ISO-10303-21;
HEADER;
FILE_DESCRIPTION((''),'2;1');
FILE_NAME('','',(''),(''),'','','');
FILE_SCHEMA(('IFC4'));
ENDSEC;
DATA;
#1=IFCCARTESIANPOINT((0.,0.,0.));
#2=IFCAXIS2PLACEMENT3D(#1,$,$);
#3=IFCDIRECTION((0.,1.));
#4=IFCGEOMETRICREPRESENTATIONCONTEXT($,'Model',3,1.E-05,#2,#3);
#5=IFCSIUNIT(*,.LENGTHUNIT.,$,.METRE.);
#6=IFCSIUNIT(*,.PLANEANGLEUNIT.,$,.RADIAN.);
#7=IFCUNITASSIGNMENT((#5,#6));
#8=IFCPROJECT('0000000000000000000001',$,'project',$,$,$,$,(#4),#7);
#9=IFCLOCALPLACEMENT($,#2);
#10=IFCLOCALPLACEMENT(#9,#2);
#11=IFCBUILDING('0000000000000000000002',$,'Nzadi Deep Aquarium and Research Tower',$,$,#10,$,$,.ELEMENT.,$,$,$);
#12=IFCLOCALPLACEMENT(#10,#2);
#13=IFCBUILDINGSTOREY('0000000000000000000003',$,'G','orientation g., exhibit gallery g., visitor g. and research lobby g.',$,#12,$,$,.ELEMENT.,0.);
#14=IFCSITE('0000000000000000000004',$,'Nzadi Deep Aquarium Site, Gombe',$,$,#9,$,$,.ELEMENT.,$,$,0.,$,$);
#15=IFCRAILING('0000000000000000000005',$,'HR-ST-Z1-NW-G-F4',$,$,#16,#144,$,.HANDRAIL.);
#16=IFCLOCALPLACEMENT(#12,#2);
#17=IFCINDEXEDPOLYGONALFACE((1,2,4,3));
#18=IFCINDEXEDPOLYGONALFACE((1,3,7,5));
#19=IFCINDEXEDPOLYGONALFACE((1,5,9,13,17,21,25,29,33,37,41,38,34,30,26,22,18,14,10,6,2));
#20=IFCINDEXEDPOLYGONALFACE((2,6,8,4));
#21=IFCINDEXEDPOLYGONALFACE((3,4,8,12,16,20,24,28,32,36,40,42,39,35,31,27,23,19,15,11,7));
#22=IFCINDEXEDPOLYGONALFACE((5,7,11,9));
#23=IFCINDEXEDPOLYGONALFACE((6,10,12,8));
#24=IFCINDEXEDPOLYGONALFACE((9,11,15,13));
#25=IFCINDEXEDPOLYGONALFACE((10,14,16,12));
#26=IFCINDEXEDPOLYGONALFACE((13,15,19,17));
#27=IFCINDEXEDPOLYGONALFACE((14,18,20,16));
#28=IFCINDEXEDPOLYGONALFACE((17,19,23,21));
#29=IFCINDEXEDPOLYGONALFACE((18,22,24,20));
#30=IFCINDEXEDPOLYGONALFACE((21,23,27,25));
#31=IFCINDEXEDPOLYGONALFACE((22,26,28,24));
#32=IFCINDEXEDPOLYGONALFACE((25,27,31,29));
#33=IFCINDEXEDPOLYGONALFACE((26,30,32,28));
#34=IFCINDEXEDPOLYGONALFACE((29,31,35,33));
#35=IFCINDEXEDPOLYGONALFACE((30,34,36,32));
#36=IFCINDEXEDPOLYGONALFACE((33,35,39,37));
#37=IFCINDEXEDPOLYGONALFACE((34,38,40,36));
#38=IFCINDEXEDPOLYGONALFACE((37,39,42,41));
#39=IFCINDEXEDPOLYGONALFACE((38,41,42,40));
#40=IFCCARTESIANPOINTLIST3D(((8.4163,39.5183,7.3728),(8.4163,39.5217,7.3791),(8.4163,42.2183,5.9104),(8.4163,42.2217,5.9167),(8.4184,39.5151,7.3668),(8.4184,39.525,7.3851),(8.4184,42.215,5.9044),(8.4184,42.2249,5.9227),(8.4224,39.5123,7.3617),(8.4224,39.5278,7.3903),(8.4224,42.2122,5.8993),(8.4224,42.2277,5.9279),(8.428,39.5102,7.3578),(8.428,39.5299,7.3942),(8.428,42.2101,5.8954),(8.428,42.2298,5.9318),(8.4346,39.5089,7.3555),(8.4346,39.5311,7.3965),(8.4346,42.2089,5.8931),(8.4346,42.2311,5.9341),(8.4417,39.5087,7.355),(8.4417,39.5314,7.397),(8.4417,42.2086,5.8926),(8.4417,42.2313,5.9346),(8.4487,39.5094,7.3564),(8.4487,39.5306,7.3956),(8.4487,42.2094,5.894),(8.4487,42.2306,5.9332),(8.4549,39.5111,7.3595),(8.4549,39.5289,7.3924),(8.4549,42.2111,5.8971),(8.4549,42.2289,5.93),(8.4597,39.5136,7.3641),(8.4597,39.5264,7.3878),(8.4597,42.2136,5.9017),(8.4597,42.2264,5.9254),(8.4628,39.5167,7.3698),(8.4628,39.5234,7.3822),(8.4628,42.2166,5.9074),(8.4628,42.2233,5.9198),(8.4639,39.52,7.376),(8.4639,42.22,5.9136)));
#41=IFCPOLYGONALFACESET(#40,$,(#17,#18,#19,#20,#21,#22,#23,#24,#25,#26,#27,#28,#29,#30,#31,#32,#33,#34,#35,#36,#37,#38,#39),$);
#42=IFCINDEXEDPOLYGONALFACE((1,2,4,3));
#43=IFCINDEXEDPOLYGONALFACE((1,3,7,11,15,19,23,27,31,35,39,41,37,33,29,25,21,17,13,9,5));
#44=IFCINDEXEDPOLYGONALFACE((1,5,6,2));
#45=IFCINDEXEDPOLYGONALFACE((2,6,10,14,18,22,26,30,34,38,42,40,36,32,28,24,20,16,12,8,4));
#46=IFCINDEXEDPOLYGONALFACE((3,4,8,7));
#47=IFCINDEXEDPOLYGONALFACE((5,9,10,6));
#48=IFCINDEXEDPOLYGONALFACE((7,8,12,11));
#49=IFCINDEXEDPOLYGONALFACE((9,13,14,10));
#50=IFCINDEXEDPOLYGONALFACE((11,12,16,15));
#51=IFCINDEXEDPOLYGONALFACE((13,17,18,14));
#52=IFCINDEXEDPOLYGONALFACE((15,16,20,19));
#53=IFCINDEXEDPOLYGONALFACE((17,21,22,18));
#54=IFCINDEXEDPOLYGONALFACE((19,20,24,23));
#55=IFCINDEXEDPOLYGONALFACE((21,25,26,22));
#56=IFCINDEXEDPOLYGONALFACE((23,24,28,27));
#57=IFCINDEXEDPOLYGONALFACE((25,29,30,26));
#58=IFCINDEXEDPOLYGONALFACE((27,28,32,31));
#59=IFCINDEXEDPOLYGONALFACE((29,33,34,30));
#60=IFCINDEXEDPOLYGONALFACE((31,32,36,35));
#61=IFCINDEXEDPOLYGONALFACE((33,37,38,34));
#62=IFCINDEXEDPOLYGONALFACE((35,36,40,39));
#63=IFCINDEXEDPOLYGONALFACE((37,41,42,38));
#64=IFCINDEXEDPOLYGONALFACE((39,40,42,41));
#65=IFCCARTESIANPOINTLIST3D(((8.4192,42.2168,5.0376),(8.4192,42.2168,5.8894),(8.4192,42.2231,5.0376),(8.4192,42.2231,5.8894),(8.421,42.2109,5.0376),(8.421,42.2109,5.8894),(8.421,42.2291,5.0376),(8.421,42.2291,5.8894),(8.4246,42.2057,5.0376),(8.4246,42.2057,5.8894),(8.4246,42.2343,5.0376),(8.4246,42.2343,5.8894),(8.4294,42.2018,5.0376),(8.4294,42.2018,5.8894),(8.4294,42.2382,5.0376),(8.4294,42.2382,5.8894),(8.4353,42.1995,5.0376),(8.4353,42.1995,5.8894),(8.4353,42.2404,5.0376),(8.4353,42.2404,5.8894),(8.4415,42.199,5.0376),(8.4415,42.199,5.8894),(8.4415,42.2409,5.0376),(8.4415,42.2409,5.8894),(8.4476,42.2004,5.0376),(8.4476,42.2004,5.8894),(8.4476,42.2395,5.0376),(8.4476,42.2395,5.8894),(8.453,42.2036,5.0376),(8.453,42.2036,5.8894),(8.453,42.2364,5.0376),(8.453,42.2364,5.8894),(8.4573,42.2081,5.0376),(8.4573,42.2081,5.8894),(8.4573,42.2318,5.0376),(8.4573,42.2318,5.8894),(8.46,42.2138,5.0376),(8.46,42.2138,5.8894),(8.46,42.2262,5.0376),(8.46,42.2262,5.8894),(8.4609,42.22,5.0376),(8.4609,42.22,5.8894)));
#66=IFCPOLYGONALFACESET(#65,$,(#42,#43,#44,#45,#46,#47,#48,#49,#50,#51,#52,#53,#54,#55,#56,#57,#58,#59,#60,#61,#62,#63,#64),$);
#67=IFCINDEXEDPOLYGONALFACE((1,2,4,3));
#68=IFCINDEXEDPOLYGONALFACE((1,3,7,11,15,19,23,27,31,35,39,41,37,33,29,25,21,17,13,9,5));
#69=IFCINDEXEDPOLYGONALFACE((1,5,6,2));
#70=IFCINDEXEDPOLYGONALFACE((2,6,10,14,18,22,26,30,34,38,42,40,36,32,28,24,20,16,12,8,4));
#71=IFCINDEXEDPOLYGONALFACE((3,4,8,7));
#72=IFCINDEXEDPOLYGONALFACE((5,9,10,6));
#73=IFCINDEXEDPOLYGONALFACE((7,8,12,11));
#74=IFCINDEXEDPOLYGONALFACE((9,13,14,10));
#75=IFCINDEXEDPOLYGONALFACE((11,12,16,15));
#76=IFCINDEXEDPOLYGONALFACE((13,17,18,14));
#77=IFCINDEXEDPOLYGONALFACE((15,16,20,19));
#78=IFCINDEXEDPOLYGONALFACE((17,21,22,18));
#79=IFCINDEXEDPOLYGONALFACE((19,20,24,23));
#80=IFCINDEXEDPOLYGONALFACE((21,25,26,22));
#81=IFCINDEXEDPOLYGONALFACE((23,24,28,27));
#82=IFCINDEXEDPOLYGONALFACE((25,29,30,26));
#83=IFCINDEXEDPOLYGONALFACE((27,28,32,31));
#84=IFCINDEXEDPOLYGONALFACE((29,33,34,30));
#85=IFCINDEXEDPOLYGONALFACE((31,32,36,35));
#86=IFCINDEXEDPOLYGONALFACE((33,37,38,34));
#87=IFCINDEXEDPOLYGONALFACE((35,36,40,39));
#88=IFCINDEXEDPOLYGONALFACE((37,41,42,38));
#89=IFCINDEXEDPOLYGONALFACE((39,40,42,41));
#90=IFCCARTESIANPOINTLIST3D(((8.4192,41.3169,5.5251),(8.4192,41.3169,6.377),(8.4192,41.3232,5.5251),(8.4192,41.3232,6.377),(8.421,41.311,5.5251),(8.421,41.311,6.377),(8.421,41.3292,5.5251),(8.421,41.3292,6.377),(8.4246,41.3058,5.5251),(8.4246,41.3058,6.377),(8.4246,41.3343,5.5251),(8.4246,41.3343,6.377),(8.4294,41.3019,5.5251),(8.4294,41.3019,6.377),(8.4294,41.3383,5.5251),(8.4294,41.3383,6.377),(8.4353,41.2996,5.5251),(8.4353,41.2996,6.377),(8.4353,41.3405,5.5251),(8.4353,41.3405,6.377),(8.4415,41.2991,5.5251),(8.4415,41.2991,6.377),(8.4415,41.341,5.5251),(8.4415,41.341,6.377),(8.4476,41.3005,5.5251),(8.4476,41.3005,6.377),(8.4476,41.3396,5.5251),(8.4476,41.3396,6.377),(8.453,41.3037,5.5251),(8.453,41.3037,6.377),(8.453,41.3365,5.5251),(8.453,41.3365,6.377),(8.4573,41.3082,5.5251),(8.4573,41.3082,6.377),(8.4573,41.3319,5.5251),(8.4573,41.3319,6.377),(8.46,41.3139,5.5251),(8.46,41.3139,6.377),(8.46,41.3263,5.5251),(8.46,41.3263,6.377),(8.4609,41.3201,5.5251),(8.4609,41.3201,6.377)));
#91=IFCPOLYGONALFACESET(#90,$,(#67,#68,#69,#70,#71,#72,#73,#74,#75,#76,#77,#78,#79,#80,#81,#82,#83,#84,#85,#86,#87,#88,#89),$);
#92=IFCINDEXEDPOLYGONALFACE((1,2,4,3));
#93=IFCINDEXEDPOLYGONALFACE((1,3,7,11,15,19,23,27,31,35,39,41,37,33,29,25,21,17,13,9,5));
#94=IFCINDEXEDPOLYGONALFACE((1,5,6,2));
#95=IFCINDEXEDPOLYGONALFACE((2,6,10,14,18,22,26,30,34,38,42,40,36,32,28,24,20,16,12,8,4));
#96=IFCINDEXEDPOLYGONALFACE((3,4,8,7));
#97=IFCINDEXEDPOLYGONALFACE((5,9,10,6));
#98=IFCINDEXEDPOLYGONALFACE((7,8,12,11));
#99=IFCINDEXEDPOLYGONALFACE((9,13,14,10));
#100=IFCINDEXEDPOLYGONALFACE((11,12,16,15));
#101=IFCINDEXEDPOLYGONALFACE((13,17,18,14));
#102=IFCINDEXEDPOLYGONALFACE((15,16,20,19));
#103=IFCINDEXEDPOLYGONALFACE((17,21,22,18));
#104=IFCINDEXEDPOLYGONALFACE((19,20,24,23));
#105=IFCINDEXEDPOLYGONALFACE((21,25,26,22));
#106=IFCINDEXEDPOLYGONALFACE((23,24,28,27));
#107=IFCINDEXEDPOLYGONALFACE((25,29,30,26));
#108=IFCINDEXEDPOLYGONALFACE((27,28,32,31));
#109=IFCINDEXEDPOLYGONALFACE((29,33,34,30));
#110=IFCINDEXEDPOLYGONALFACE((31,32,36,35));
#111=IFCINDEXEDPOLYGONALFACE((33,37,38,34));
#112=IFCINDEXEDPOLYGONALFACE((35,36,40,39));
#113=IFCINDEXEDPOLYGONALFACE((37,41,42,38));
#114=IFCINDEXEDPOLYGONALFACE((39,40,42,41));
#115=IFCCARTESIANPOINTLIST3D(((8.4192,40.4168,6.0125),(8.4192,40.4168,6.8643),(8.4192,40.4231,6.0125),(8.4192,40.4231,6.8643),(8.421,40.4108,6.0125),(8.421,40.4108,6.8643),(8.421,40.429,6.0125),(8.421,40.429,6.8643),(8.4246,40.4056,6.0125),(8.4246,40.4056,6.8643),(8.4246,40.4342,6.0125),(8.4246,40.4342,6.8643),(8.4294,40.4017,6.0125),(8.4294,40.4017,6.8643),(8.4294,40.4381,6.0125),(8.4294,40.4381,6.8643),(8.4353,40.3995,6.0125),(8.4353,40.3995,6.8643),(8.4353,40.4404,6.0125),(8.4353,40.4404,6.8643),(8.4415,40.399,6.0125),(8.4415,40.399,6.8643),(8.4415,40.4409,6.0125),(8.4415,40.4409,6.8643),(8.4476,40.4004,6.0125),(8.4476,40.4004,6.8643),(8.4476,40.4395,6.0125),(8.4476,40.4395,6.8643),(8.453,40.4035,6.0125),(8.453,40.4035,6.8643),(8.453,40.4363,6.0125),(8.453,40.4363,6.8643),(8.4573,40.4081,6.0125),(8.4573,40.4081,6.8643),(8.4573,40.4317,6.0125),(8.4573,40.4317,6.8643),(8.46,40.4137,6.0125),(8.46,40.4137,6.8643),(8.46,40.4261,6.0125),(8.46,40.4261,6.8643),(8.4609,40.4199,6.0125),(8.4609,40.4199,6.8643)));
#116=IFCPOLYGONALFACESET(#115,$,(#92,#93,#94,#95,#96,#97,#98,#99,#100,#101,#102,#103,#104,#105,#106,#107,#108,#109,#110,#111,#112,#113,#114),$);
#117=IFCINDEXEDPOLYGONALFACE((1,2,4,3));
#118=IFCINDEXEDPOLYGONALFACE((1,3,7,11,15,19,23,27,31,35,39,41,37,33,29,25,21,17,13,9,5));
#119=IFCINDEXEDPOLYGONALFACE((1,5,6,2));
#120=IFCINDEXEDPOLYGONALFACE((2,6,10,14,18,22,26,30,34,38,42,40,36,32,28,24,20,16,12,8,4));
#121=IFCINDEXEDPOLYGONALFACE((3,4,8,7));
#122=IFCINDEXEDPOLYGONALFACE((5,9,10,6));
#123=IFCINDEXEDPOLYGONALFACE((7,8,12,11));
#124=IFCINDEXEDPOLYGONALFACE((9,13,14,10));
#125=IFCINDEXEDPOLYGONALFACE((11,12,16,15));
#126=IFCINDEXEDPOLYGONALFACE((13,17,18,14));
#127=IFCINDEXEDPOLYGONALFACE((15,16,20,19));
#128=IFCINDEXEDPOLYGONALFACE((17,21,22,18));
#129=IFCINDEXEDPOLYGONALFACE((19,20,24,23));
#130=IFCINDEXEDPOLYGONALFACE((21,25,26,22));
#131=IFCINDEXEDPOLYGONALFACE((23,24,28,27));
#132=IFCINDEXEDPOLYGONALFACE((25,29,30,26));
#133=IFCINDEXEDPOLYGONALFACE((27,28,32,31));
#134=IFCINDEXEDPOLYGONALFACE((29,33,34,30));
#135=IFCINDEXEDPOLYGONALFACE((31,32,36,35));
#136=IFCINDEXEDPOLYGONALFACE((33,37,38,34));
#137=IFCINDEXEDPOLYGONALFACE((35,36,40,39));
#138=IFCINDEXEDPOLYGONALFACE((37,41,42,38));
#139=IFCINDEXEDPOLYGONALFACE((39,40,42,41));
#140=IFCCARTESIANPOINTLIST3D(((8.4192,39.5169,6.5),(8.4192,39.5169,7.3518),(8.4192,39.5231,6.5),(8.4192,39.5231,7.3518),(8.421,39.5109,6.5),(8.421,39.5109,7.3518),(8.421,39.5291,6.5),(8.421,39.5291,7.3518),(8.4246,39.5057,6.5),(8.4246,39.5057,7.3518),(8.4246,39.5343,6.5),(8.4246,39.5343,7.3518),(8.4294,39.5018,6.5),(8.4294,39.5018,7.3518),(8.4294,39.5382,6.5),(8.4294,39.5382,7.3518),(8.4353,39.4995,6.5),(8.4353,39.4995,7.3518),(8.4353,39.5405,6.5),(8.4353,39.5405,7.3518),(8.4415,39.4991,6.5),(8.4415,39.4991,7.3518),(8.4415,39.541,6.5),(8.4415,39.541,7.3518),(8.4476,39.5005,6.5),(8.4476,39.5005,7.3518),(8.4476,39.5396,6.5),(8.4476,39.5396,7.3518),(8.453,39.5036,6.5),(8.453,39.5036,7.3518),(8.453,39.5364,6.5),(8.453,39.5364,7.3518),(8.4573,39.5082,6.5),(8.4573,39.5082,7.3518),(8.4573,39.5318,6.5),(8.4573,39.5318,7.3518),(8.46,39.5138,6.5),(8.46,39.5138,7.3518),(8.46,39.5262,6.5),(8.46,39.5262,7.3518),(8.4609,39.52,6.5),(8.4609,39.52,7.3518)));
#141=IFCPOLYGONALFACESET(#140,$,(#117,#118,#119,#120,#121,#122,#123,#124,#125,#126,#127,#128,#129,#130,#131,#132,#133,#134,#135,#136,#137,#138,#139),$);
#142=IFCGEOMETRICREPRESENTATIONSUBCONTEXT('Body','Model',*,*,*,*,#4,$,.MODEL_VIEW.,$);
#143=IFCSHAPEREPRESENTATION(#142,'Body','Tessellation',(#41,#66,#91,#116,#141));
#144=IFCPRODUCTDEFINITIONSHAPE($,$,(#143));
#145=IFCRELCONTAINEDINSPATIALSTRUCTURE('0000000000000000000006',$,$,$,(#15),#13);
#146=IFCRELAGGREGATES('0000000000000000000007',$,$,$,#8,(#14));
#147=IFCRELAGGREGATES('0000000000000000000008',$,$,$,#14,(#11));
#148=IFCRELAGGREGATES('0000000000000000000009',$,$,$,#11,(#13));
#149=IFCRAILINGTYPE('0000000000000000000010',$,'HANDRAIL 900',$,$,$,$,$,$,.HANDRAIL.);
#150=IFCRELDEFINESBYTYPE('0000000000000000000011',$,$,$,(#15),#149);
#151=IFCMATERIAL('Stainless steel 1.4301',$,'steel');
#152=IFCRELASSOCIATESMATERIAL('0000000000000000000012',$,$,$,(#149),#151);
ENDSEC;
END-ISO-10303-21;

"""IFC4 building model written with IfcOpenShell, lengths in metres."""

from ifc_helpers import new_model, si_unit, direction, frame, origin, origin_2d, place, context, subcontext, project, spatial, circle, extrude, material, type_object, element, save


model = new_model("IFC4")

# Units and contexts
model_context = context("Model", 3, precision=1e-05, world=origin(), true_north=direction((0.0, 1.0)))
body_context = subcontext(model_context, "Body", "Model", "MODEL_VIEW")
ifc_project = project(units=[si_unit("LENGTHUNIT", "METRE"), si_unit("PLANEANGLEUNIT", "RADIAN")], contexts=[model_context])

# Site, building, storey
site_placement = place(None, origin())
site = spatial("IfcSite", under=ifc_project, at=site_placement, Name="Nzadi Deep Aquarium Site, Gombe", CompositionType="ELEMENT", RefElevation=0.0)
building_placement = place(site_placement, origin())
building = spatial("IfcBuilding", under=site, at=building_placement, Name="Nzadi Deep Aquarium and Research Tower", CompositionType="ELEMENT")
storey_placement = place(building_placement, origin())
storey = spatial("IfcBuildingStorey", under=building, at=storey_placement, Name="G", Description="orientation g., exhibit gallery g., visitor g. and research lobby g.", CompositionType="ELEMENT", Elevation=0.0)

# Railing
ifc_material_1 = material(Name="Stainless steel 1.4301", Category="steel")
railing_type = type_object("IfcRailingType", Name="HANDRAIL 900", PredefinedType="HANDRAIL", material=ifc_material_1)
for number, where, name in (
    (1, (8.4399, 42.22, 5.0376), "HR-ST-Z1-NW-G-F4"),
):
    element("IfcRailing", number, at=place(storey_placement, frame(where)), inside=storey, type_object=railing_type, Name=name, PredefinedType="HANDRAIL", context=body_context, shape_type="SweptSolid", body=[
        extrude(circle(Radius=0.0239, at=origin_2d()), frame((0.0, 0.0, 0.876), z_axis=(0.0, -0.879302, 0.476265), x_axis=(1.0, 0.0, 0.0)), (0.0, 0.0, 1.0), 3.0706),
        extrude(circle(Radius=0.021, at=origin_2d()), origin(), (0.0, 0.0, 1.0), 0.8518),
        extrude(circle(Radius=0.021, at=origin_2d()), frame((0.0, -0.8999, 0.4875)), (0.0, 0.0, 1.0), 0.8518),
        extrude(circle(Radius=0.021, at=origin_2d()), frame((0.0, -1.8, 0.9749)), (0.0, 0.0, 1.0), 0.8518),
        extrude(circle(Radius=0.021, at=origin_2d()), frame((0.0, -2.7, 1.4624)), (0.0, 0.0, 1.0), 0.8518),
    ])

save(model, "model.ifc")
